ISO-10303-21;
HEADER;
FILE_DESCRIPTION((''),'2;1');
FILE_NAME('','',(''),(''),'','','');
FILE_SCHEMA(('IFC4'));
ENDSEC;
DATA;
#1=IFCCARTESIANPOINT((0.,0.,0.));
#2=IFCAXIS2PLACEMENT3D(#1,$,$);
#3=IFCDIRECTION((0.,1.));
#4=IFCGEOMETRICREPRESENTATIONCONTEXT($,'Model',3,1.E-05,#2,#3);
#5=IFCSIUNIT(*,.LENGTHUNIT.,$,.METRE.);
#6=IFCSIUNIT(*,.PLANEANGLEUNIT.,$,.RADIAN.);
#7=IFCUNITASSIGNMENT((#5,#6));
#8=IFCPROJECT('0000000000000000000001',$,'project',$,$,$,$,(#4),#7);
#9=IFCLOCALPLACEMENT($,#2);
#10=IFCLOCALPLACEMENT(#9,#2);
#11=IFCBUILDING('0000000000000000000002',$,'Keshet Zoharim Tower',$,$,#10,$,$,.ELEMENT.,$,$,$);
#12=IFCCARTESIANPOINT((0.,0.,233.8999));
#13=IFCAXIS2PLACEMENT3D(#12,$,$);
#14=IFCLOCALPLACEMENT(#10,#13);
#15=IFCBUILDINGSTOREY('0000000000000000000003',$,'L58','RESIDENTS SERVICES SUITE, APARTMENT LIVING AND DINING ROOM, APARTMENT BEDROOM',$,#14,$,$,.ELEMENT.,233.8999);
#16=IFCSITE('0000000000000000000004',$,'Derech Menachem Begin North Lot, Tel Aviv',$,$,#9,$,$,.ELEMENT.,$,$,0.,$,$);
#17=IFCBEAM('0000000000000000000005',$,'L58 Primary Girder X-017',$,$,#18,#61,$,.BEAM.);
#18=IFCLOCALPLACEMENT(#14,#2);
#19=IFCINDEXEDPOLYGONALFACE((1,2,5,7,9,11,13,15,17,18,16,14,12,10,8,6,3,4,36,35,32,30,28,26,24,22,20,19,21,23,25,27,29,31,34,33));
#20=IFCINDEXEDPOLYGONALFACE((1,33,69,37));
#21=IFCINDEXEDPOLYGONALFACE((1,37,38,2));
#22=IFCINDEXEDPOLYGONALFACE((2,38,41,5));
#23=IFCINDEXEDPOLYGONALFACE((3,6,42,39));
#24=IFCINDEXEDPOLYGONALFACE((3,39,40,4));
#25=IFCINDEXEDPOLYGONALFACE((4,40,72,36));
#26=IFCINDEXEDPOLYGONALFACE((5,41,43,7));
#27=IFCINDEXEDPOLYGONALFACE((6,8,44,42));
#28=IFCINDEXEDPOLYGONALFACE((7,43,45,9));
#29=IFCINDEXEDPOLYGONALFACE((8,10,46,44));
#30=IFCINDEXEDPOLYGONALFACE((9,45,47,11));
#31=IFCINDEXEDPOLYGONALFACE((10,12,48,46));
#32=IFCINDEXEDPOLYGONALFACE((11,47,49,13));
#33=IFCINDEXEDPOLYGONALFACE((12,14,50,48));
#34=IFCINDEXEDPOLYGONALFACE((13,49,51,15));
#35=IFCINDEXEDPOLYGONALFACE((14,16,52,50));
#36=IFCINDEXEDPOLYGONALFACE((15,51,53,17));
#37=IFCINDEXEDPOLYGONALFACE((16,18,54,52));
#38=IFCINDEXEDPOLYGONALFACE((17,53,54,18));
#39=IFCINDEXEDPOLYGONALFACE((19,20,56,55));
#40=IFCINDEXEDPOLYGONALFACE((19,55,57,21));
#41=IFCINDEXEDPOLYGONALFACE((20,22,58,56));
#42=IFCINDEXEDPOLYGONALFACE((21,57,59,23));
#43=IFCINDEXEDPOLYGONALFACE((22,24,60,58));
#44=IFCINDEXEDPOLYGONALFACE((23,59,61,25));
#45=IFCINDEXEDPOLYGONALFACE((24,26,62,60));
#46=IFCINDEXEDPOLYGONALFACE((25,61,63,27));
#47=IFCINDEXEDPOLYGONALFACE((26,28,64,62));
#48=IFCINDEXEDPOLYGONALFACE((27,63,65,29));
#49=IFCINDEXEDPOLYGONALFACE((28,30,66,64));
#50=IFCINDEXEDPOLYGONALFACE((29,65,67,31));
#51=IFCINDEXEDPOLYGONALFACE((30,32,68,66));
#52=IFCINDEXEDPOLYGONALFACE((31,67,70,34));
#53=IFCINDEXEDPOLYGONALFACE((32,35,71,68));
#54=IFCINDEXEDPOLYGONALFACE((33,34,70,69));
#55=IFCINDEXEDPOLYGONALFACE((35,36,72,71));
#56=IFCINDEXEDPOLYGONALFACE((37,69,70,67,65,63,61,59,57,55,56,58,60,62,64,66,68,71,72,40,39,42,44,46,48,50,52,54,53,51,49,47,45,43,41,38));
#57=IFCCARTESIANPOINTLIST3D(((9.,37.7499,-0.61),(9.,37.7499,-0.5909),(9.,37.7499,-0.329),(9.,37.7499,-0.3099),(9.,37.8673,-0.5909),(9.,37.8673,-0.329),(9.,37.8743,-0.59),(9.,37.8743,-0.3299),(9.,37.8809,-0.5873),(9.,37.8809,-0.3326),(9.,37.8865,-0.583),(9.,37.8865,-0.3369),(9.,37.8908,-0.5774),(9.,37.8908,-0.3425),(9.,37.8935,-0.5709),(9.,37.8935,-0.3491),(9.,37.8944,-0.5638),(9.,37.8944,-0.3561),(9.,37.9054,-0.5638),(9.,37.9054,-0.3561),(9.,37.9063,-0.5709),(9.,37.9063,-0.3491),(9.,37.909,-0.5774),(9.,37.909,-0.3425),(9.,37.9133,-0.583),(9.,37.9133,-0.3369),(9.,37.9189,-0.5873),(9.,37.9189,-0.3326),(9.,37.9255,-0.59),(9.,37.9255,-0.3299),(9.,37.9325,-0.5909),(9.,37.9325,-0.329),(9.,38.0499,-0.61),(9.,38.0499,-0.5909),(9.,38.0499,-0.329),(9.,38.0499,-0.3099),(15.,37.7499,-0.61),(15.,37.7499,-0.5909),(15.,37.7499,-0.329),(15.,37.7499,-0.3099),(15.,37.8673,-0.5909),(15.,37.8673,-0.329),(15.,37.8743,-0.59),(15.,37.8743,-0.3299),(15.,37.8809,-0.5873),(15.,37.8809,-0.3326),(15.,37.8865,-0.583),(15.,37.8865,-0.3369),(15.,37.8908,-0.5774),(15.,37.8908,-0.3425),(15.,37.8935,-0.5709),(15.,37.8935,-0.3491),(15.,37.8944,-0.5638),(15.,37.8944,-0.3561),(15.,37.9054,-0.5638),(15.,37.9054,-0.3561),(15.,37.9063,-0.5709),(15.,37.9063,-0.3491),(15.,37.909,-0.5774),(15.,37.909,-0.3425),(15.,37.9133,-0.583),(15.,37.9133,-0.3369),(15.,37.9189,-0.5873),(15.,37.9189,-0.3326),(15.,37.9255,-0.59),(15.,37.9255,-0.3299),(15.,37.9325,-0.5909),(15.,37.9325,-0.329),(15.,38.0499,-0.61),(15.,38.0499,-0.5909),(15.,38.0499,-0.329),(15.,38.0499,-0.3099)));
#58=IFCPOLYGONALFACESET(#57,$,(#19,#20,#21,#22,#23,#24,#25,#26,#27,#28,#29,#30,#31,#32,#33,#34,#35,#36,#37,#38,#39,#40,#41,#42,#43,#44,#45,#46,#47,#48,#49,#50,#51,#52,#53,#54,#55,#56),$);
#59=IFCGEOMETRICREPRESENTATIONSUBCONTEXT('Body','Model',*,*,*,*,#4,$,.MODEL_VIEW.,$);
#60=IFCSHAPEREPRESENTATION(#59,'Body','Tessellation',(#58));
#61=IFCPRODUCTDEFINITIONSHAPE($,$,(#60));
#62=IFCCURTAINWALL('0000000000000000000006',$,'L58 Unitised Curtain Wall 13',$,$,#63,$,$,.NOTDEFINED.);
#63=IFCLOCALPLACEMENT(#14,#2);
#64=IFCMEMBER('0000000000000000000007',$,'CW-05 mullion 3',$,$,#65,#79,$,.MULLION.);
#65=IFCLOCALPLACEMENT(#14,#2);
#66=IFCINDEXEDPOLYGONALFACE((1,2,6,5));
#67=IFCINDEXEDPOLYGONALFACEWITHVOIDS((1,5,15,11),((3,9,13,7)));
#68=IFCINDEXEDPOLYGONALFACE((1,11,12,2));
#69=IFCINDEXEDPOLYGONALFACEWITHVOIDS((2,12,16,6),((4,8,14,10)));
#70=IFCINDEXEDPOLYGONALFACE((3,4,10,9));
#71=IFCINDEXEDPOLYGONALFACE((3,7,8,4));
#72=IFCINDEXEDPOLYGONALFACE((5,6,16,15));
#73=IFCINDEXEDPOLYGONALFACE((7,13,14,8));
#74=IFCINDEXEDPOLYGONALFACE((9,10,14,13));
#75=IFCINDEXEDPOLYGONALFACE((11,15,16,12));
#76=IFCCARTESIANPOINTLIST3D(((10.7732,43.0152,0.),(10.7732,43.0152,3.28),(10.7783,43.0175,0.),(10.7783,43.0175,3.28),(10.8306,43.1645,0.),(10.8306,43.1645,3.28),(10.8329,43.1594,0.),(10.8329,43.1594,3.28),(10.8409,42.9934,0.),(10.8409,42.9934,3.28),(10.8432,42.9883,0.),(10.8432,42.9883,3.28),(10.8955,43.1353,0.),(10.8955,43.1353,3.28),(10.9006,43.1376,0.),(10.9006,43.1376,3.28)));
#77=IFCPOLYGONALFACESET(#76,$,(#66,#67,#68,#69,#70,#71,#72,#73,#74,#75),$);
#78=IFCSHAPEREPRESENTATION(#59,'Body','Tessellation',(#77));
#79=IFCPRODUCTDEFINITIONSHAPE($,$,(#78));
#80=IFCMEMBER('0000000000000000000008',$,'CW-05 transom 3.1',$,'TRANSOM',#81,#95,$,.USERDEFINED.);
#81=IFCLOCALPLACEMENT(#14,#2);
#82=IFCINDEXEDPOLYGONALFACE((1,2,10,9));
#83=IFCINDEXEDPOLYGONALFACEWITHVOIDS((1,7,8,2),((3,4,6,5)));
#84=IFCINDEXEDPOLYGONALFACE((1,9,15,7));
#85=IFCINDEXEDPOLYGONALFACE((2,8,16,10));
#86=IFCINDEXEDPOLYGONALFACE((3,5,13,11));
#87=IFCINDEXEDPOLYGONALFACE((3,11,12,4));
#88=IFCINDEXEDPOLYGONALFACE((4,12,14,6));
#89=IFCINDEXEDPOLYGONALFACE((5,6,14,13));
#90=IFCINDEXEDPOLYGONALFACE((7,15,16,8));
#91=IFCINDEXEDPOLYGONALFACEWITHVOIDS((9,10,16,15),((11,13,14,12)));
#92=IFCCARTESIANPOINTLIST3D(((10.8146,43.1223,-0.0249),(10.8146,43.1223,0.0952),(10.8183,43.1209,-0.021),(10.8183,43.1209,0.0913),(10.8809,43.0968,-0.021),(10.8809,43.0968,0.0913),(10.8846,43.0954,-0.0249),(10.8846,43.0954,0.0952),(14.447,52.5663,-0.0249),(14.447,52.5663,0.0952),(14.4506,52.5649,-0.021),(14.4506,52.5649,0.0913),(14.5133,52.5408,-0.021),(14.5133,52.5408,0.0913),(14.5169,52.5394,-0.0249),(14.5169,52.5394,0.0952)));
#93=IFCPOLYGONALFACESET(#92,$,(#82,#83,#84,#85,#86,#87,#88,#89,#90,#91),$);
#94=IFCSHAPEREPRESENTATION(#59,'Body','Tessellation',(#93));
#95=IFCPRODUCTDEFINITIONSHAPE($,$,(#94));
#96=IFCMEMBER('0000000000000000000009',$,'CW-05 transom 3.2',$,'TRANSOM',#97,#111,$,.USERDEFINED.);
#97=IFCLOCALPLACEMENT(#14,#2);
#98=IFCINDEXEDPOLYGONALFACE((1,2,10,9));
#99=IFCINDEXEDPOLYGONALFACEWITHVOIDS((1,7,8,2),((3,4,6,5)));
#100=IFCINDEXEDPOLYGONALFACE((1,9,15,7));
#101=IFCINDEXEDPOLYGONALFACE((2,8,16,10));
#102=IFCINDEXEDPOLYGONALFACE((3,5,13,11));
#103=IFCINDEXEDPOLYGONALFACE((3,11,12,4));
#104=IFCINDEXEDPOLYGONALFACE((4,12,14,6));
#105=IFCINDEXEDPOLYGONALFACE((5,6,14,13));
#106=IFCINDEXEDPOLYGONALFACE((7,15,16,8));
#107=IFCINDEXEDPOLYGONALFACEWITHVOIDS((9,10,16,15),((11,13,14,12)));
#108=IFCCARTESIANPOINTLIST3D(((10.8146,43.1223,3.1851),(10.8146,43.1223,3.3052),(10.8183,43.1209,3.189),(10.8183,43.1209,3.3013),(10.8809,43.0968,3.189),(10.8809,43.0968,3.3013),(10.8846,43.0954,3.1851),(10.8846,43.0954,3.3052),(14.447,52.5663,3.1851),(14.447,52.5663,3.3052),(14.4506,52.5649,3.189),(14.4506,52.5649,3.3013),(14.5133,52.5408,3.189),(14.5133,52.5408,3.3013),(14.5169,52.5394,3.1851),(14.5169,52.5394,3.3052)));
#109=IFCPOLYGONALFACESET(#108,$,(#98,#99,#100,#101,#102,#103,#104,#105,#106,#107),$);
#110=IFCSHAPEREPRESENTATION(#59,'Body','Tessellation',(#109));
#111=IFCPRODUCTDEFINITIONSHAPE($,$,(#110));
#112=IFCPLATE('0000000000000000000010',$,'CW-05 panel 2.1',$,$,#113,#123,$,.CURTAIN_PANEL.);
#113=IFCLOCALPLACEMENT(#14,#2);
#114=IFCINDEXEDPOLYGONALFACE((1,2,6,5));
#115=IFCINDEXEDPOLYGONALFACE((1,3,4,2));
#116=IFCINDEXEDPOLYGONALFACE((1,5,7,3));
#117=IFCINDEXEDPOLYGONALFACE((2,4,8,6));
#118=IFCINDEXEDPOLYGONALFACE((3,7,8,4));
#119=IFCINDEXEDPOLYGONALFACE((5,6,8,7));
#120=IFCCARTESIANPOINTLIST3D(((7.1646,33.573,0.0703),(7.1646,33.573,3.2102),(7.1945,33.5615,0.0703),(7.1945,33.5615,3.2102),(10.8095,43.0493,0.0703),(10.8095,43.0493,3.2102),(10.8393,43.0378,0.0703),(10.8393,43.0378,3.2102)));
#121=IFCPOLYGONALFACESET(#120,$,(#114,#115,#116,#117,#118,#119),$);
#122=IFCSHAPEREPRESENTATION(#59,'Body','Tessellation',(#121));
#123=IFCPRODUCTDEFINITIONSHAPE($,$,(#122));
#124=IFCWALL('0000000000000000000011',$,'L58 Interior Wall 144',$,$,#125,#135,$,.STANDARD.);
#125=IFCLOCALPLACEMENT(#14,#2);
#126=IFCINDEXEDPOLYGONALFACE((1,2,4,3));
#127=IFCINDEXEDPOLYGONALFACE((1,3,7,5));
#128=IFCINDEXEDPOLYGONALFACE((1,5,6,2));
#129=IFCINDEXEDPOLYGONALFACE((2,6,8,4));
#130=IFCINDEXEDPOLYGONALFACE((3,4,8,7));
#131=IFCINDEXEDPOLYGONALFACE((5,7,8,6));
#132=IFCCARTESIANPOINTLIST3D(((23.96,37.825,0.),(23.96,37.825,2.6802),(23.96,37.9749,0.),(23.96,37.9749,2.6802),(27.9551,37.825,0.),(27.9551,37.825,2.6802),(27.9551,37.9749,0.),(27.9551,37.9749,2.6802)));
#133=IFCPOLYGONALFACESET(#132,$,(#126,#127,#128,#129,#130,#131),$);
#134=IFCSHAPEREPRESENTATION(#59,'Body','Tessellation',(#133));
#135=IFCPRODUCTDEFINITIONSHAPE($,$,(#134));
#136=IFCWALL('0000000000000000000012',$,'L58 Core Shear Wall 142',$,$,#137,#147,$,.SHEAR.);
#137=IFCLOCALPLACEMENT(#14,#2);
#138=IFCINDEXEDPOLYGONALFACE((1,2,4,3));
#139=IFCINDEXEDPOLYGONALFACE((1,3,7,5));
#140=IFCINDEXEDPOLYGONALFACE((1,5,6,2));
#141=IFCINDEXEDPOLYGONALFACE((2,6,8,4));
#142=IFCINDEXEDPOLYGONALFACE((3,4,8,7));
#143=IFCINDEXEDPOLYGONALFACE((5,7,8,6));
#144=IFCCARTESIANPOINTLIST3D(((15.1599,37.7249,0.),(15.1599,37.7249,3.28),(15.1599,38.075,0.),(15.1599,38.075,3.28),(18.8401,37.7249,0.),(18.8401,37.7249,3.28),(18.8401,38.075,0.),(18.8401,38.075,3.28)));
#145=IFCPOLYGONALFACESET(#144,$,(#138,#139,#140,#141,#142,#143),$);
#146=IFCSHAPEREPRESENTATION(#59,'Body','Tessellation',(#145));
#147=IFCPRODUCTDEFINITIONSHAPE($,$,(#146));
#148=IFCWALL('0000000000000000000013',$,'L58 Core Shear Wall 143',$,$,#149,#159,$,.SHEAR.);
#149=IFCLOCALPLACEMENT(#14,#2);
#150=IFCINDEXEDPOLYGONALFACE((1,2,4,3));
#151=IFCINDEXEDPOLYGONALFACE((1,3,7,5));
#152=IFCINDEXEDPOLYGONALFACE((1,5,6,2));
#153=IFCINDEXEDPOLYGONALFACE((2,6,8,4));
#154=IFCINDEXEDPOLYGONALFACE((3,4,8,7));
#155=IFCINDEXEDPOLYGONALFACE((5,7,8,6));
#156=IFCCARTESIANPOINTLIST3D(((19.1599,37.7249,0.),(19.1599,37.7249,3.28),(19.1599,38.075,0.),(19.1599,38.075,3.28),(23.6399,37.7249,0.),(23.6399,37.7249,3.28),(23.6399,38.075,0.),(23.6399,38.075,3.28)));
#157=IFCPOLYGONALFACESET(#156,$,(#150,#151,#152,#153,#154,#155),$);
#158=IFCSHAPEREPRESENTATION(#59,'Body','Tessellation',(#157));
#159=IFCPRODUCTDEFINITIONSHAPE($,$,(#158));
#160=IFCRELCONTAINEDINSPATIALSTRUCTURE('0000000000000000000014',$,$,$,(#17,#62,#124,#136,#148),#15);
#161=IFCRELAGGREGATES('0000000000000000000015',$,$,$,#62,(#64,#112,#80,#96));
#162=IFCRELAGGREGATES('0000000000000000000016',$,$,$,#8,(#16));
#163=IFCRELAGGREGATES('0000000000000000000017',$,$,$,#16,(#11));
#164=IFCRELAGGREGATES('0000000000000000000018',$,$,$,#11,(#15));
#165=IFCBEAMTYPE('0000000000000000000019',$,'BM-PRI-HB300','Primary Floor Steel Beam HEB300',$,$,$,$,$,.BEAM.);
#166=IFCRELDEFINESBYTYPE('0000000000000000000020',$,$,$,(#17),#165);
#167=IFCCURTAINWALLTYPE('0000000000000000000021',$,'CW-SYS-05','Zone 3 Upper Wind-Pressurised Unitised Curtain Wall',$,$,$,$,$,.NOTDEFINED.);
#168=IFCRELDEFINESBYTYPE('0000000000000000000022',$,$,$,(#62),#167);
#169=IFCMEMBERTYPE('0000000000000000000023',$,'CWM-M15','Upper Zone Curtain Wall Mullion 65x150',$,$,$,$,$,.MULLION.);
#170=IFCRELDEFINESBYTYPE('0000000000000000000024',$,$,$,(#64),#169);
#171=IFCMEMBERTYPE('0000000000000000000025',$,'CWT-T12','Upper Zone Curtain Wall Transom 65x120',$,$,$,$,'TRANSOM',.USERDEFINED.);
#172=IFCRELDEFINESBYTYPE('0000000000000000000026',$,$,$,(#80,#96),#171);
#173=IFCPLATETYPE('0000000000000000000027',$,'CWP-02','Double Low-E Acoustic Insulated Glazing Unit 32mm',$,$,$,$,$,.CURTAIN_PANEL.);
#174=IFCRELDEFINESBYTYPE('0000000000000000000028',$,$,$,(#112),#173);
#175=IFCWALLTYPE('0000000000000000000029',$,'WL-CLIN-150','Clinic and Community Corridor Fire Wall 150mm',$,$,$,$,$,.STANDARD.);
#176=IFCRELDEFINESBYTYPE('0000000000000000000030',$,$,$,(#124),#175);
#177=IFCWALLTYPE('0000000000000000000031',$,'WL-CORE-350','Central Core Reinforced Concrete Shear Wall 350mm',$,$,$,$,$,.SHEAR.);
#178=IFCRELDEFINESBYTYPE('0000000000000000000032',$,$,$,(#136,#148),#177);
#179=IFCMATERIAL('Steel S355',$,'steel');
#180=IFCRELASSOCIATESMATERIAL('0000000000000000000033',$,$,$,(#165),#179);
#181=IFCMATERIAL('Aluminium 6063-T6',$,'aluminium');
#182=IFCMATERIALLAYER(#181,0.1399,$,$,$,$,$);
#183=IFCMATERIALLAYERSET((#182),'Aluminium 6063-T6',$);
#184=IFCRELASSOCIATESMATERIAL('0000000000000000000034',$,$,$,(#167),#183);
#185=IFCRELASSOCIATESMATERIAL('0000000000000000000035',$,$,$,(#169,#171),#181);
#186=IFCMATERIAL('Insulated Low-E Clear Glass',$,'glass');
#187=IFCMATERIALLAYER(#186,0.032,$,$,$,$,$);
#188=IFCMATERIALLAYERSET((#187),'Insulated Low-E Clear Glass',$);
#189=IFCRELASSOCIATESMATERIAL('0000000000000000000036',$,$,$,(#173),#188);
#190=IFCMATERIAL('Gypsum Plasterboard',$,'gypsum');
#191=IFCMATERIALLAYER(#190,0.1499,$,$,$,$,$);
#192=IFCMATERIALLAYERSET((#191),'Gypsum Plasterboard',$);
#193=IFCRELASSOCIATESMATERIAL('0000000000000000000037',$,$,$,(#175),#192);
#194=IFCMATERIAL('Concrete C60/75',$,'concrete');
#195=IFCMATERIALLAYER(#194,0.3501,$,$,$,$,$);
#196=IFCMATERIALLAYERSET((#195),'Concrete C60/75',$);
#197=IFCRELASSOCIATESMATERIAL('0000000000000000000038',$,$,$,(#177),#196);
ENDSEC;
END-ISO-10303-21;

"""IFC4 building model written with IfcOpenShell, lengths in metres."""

from ifc_helpers import new_model, si_unit, direction, frame, frame_2d, origin, origin_2d, place, context, subcontext, project, spatial, rectangle, hollow_rectangle, i_section, extrude, material, layer, layer_set, material_profile, profile_set, type_object, element, aggregate, save


model = new_model("IFC4")

# Units and contexts
model_context = context("Model", 3, precision=1e-05, world=origin(), true_north=direction((0.0, 1.0)))
body_context = subcontext(model_context, "Body", "Model", "MODEL_VIEW")
ifc_project = project(units=[si_unit("LENGTHUNIT", "METRE"), si_unit("PLANEANGLEUNIT", "RADIAN")], contexts=[model_context])

# Site, building, storey
site_placement = place(None, origin())
site = spatial("IfcSite", under=ifc_project, at=site_placement, Name="Derech Menachem Begin North Lot, Tel Aviv", CompositionType="ELEMENT", RefElevation=0.0)
building_placement = place(site_placement, origin())
building = spatial("IfcBuilding", under=site, at=building_placement, Name="Keshet Zoharim Tower", CompositionType="ELEMENT")
storey_placement = place(building_placement, frame((0.0, 0.0, 233.8999)))
storey = spatial("IfcBuildingStorey", under=building, at=storey_placement, Name="L58", Description="RESIDENTS SERVICES SUITE, APARTMENT LIVING AND DINING ROOM, APARTMENT BEDROOM", CompositionType="ELEMENT", Elevation=233.8999)

# Shared definitions
ifc_material_1 = material(Name="Steel S355", Category="steel")

# Beam
ifc_material_profile_1 = material_profile(ifc_material_1, i_section(OverallWidth=0.3, OverallDepth=0.3, WebThickness=0.011, FlangeThickness=0.019, FilletRadius=0.0271, at=origin_2d()), Name="HEB300")
ifc_profile_set_1 = profile_set([ifc_material_profile_1], Name="Steel S355")
beam_type_1 = type_object("IfcBeamType", Name="BM-PRI-HB300", Description="Primary Floor Steel Beam HEB300", PredefinedType="BEAM", material=ifc_profile_set_1)
beam_1_placement = place(storey_placement, frame((9.0, 37.8999, -0.46), z_axis=(1.0, 0.0, 0.0), x_axis=(0.0, 1.0, 0.0)))
element("IfcBeam", 1, at=beam_1_placement, inside=storey, type_object=beam_type_1, Name="L58 Primary Girder X-017", PredefinedType="BEAM", context=body_context, shape_type="SweptSolid", body=[
    extrude(i_section(OverallWidth=0.3, OverallDepth=0.3, WebThickness=0.011, FlangeThickness=0.019, FilletRadius=0.0271, at=origin_2d()), origin(), (0.0, 0.0, 1.0), 6.0),
])

# Curtain wall, members, plate
ifc_material_2 = material(Name="Aluminium 6063-T6", Category="aluminium")
ifc_layer_1 = layer(ifc_material_2, 0.1399)
ifc_layer_set_1 = layer_set([ifc_layer_1], Name="Aluminium 6063-T6")
curtain_wall_type = type_object("IfcCurtainWallType", Name="CW-SYS-05", Description="Zone 3 Upper Wind-Pressurised Unitised Curtain Wall", PredefinedType="NOTDEFINED", material=ifc_layer_set_1)
curtain_wall_placement = place(storey_placement, origin())
curtain_wall = element("IfcCurtainWall", 2, at=curtain_wall_placement, inside=storey, type_object=curtain_wall_type, Name="L58 Unitised Curtain Wall 13", PredefinedType="NOTDEFINED")
ifc_material_profile_2 = material_profile(ifc_material_2, hollow_rectangle(XDim=0.075, YDim=0.1599, WallThickness=0.0039, at=origin_2d()), Name="MUL-75x160")
ifc_profile_set_2 = profile_set([ifc_material_profile_2], Name="Aluminium 6063-T6")
member_type_1 = type_object("IfcMemberType", Name="CWM-M15", Description="Upper Zone Curtain Wall Mullion 65x150", PredefinedType="MULLION", material=ifc_profile_set_2)
member_1_placement = place(storey_placement, frame((10.8369, 43.0764, 0.0), z_axis=(0.0, 0.0, 1.0), x_axis=(-0.933341, 0.35899, 0.0)))
member_1 = element("IfcMember", 3, at=member_1_placement, type_object=member_type_1, Name="CW-05 mullion 3", PredefinedType="MULLION", context=body_context, shape_type="SweptSolid", body=[
    extrude(hollow_rectangle(XDim=0.075, YDim=0.1599, WallThickness=0.0039, at=origin_2d()), origin(), (0.0, 0.0, 1.0), 3.28),
])
ifc_material_profile_3 = material_profile(ifc_material_2, hollow_rectangle(XDim=0.075, YDim=0.1201, WallThickness=0.0039, at=origin_2d()), Name="TRN-75x120")
ifc_profile_set_3 = profile_set([ifc_material_profile_3], Name="Aluminium 6063-T6")
member_type_2 = type_object("IfcMemberType", Name="CWT-T12", Description="Upper Zone Curtain Wall Transom 65x120", ElementType="TRANSOM", PredefinedType="USERDEFINED", material=ifc_profile_set_3)
member_2_placement = place(storey_placement, frame((10.8496, 43.1089, 0.0352), z_axis=(0.358986, 0.933343, 0.0), x_axis=(-0.933343, 0.358986, 0.0)))
member_2 = element("IfcMember", 4, at=member_2_placement, type_object=member_type_2, Name="CW-05 transom 3.1", ObjectType="TRANSOM", PredefinedType="USERDEFINED", context=body_context, shape_type="SweptSolid", body=[
    extrude(hollow_rectangle(XDim=0.075, YDim=0.1201, WallThickness=0.0039, at=origin_2d()), origin(), (0.0, 0.0, 1.0), 10.1184),
])
member_3_placement = place(storey_placement, frame((10.8496, 43.1089, 3.2451), z_axis=(0.358986, 0.933343, 0.0), x_axis=(-0.933343, 0.358986, 0.0)))
member_3 = element("IfcMember", 5, at=member_3_placement, type_object=member_type_2, Name="CW-05 transom 3.2", ObjectType="TRANSOM", PredefinedType="USERDEFINED", context=body_context, shape_type="SweptSolid", body=[
    extrude(hollow_rectangle(XDim=0.075, YDim=0.1201, WallThickness=0.0039, at=origin_2d()), origin(), (0.0, 0.0, 1.0), 10.1184),
])
ifc_material_3 = material(Name="Insulated Low-E Clear Glass", Category="glass")
ifc_layer_2 = layer(ifc_material_3, 0.032)
ifc_layer_set_2 = layer_set([ifc_layer_2], Name="Insulated Low-E Clear Glass")
plate_type = type_object("IfcPlateType", Name="CWP-02", Description="Double Low-E Acoustic Insulated Glazing Unit 32mm", PredefinedType="CURTAIN_PANEL", material=ifc_layer_set_2)
plate_placement = place(storey_placement, frame((9.002, 38.3054, 0.0703), z_axis=(0.0, 0.0, 1.0), x_axis=(0.35899, 0.933341, 0.0)))
plate = element("IfcPlate", 6, at=plate_placement, type_object=plate_type, Name="CW-05 panel 2.1", PredefinedType="CURTAIN_PANEL", context=body_context, shape_type="SweptSolid", body=[
    extrude(rectangle(XDim=10.1531, YDim=0.032, at=origin_2d()), origin(), (0.0, 0.0, 1.0), 3.1399),
])
aggregate(curtain_wall, [member_1, plate, member_2, member_3])

# Wall
ifc_material_4 = material(Name="Gypsum Plasterboard", Category="gypsum")
ifc_layer_3 = layer(ifc_material_4, 0.1499)
ifc_layer_set_3 = layer_set([ifc_layer_3], Name="Gypsum Plasterboard")
wall_type_1 = type_object("IfcWallType", Name="WL-CLIN-150", Description="Clinic and Community Corridor Fire Wall 150mm", PredefinedType="STANDARD", material=ifc_layer_set_3)
wall_1_placement = place(storey_placement, frame((23.96, 37.8999, 0.0), z_axis=(0.0, 0.0, 1.0), x_axis=(1.0, 0.0, 0.0)))
element("IfcWall", 7, at=wall_1_placement, inside=storey, type_object=wall_type_1, Name="L58 Interior Wall 144", PredefinedType="STANDARD", context=body_context, shape_type="SweptSolid", body=[
    extrude(rectangle(XDim=3.9951, YDim=0.1499, at=frame_2d((1.9976, 0.0))), origin(), (0.0, 0.0, 1.0), 2.6802),
])

# Shared definitions
ifc_material_5 = material(Name="Concrete C60/75", Category="concrete")
ifc_layer_4 = layer(ifc_material_5, 0.3501)
ifc_layer_set_4 = layer_set([ifc_layer_4], Name="Concrete C60/75")
wall_type_2 = type_object("IfcWallType", Name="WL-CORE-350", Description="Central Core Reinforced Concrete Shear Wall 350mm", PredefinedType="SHEAR", material=ifc_layer_set_4)

# Walls
wall_2_placement = place(storey_placement, frame((15.1599, 37.8999, 0.0), z_axis=(0.0, 0.0, 1.0), x_axis=(1.0, 0.0, 0.0)))
element("IfcWall", 8, at=wall_2_placement, inside=storey, type_object=wall_type_2, Name="L58 Core Shear Wall 142", PredefinedType="SHEAR", context=body_context, shape_type="SweptSolid", body=[
    extrude(rectangle(XDim=3.6802, YDim=0.3501, at=frame_2d((1.8401, 0.0))), origin(), (0.0, 0.0, 1.0), 3.28),
])
wall_3_placement = place(storey_placement, frame((19.1599, 37.8999, 0.0), z_axis=(0.0, 0.0, 1.0), x_axis=(1.0, 0.0, 0.0)))
element("IfcWall", 9, at=wall_3_placement, inside=storey, type_object=wall_type_2, Name="L58 Core Shear Wall 143", PredefinedType="SHEAR", context=body_context, shape_type="SweptSolid", body=[
    extrude(rectangle(XDim=4.48, YDim=0.3501, at=frame_2d((2.24, 0.0))), origin(), (0.0, 0.0, 1.0), 3.28),
])

save(model, "model.ifc")
